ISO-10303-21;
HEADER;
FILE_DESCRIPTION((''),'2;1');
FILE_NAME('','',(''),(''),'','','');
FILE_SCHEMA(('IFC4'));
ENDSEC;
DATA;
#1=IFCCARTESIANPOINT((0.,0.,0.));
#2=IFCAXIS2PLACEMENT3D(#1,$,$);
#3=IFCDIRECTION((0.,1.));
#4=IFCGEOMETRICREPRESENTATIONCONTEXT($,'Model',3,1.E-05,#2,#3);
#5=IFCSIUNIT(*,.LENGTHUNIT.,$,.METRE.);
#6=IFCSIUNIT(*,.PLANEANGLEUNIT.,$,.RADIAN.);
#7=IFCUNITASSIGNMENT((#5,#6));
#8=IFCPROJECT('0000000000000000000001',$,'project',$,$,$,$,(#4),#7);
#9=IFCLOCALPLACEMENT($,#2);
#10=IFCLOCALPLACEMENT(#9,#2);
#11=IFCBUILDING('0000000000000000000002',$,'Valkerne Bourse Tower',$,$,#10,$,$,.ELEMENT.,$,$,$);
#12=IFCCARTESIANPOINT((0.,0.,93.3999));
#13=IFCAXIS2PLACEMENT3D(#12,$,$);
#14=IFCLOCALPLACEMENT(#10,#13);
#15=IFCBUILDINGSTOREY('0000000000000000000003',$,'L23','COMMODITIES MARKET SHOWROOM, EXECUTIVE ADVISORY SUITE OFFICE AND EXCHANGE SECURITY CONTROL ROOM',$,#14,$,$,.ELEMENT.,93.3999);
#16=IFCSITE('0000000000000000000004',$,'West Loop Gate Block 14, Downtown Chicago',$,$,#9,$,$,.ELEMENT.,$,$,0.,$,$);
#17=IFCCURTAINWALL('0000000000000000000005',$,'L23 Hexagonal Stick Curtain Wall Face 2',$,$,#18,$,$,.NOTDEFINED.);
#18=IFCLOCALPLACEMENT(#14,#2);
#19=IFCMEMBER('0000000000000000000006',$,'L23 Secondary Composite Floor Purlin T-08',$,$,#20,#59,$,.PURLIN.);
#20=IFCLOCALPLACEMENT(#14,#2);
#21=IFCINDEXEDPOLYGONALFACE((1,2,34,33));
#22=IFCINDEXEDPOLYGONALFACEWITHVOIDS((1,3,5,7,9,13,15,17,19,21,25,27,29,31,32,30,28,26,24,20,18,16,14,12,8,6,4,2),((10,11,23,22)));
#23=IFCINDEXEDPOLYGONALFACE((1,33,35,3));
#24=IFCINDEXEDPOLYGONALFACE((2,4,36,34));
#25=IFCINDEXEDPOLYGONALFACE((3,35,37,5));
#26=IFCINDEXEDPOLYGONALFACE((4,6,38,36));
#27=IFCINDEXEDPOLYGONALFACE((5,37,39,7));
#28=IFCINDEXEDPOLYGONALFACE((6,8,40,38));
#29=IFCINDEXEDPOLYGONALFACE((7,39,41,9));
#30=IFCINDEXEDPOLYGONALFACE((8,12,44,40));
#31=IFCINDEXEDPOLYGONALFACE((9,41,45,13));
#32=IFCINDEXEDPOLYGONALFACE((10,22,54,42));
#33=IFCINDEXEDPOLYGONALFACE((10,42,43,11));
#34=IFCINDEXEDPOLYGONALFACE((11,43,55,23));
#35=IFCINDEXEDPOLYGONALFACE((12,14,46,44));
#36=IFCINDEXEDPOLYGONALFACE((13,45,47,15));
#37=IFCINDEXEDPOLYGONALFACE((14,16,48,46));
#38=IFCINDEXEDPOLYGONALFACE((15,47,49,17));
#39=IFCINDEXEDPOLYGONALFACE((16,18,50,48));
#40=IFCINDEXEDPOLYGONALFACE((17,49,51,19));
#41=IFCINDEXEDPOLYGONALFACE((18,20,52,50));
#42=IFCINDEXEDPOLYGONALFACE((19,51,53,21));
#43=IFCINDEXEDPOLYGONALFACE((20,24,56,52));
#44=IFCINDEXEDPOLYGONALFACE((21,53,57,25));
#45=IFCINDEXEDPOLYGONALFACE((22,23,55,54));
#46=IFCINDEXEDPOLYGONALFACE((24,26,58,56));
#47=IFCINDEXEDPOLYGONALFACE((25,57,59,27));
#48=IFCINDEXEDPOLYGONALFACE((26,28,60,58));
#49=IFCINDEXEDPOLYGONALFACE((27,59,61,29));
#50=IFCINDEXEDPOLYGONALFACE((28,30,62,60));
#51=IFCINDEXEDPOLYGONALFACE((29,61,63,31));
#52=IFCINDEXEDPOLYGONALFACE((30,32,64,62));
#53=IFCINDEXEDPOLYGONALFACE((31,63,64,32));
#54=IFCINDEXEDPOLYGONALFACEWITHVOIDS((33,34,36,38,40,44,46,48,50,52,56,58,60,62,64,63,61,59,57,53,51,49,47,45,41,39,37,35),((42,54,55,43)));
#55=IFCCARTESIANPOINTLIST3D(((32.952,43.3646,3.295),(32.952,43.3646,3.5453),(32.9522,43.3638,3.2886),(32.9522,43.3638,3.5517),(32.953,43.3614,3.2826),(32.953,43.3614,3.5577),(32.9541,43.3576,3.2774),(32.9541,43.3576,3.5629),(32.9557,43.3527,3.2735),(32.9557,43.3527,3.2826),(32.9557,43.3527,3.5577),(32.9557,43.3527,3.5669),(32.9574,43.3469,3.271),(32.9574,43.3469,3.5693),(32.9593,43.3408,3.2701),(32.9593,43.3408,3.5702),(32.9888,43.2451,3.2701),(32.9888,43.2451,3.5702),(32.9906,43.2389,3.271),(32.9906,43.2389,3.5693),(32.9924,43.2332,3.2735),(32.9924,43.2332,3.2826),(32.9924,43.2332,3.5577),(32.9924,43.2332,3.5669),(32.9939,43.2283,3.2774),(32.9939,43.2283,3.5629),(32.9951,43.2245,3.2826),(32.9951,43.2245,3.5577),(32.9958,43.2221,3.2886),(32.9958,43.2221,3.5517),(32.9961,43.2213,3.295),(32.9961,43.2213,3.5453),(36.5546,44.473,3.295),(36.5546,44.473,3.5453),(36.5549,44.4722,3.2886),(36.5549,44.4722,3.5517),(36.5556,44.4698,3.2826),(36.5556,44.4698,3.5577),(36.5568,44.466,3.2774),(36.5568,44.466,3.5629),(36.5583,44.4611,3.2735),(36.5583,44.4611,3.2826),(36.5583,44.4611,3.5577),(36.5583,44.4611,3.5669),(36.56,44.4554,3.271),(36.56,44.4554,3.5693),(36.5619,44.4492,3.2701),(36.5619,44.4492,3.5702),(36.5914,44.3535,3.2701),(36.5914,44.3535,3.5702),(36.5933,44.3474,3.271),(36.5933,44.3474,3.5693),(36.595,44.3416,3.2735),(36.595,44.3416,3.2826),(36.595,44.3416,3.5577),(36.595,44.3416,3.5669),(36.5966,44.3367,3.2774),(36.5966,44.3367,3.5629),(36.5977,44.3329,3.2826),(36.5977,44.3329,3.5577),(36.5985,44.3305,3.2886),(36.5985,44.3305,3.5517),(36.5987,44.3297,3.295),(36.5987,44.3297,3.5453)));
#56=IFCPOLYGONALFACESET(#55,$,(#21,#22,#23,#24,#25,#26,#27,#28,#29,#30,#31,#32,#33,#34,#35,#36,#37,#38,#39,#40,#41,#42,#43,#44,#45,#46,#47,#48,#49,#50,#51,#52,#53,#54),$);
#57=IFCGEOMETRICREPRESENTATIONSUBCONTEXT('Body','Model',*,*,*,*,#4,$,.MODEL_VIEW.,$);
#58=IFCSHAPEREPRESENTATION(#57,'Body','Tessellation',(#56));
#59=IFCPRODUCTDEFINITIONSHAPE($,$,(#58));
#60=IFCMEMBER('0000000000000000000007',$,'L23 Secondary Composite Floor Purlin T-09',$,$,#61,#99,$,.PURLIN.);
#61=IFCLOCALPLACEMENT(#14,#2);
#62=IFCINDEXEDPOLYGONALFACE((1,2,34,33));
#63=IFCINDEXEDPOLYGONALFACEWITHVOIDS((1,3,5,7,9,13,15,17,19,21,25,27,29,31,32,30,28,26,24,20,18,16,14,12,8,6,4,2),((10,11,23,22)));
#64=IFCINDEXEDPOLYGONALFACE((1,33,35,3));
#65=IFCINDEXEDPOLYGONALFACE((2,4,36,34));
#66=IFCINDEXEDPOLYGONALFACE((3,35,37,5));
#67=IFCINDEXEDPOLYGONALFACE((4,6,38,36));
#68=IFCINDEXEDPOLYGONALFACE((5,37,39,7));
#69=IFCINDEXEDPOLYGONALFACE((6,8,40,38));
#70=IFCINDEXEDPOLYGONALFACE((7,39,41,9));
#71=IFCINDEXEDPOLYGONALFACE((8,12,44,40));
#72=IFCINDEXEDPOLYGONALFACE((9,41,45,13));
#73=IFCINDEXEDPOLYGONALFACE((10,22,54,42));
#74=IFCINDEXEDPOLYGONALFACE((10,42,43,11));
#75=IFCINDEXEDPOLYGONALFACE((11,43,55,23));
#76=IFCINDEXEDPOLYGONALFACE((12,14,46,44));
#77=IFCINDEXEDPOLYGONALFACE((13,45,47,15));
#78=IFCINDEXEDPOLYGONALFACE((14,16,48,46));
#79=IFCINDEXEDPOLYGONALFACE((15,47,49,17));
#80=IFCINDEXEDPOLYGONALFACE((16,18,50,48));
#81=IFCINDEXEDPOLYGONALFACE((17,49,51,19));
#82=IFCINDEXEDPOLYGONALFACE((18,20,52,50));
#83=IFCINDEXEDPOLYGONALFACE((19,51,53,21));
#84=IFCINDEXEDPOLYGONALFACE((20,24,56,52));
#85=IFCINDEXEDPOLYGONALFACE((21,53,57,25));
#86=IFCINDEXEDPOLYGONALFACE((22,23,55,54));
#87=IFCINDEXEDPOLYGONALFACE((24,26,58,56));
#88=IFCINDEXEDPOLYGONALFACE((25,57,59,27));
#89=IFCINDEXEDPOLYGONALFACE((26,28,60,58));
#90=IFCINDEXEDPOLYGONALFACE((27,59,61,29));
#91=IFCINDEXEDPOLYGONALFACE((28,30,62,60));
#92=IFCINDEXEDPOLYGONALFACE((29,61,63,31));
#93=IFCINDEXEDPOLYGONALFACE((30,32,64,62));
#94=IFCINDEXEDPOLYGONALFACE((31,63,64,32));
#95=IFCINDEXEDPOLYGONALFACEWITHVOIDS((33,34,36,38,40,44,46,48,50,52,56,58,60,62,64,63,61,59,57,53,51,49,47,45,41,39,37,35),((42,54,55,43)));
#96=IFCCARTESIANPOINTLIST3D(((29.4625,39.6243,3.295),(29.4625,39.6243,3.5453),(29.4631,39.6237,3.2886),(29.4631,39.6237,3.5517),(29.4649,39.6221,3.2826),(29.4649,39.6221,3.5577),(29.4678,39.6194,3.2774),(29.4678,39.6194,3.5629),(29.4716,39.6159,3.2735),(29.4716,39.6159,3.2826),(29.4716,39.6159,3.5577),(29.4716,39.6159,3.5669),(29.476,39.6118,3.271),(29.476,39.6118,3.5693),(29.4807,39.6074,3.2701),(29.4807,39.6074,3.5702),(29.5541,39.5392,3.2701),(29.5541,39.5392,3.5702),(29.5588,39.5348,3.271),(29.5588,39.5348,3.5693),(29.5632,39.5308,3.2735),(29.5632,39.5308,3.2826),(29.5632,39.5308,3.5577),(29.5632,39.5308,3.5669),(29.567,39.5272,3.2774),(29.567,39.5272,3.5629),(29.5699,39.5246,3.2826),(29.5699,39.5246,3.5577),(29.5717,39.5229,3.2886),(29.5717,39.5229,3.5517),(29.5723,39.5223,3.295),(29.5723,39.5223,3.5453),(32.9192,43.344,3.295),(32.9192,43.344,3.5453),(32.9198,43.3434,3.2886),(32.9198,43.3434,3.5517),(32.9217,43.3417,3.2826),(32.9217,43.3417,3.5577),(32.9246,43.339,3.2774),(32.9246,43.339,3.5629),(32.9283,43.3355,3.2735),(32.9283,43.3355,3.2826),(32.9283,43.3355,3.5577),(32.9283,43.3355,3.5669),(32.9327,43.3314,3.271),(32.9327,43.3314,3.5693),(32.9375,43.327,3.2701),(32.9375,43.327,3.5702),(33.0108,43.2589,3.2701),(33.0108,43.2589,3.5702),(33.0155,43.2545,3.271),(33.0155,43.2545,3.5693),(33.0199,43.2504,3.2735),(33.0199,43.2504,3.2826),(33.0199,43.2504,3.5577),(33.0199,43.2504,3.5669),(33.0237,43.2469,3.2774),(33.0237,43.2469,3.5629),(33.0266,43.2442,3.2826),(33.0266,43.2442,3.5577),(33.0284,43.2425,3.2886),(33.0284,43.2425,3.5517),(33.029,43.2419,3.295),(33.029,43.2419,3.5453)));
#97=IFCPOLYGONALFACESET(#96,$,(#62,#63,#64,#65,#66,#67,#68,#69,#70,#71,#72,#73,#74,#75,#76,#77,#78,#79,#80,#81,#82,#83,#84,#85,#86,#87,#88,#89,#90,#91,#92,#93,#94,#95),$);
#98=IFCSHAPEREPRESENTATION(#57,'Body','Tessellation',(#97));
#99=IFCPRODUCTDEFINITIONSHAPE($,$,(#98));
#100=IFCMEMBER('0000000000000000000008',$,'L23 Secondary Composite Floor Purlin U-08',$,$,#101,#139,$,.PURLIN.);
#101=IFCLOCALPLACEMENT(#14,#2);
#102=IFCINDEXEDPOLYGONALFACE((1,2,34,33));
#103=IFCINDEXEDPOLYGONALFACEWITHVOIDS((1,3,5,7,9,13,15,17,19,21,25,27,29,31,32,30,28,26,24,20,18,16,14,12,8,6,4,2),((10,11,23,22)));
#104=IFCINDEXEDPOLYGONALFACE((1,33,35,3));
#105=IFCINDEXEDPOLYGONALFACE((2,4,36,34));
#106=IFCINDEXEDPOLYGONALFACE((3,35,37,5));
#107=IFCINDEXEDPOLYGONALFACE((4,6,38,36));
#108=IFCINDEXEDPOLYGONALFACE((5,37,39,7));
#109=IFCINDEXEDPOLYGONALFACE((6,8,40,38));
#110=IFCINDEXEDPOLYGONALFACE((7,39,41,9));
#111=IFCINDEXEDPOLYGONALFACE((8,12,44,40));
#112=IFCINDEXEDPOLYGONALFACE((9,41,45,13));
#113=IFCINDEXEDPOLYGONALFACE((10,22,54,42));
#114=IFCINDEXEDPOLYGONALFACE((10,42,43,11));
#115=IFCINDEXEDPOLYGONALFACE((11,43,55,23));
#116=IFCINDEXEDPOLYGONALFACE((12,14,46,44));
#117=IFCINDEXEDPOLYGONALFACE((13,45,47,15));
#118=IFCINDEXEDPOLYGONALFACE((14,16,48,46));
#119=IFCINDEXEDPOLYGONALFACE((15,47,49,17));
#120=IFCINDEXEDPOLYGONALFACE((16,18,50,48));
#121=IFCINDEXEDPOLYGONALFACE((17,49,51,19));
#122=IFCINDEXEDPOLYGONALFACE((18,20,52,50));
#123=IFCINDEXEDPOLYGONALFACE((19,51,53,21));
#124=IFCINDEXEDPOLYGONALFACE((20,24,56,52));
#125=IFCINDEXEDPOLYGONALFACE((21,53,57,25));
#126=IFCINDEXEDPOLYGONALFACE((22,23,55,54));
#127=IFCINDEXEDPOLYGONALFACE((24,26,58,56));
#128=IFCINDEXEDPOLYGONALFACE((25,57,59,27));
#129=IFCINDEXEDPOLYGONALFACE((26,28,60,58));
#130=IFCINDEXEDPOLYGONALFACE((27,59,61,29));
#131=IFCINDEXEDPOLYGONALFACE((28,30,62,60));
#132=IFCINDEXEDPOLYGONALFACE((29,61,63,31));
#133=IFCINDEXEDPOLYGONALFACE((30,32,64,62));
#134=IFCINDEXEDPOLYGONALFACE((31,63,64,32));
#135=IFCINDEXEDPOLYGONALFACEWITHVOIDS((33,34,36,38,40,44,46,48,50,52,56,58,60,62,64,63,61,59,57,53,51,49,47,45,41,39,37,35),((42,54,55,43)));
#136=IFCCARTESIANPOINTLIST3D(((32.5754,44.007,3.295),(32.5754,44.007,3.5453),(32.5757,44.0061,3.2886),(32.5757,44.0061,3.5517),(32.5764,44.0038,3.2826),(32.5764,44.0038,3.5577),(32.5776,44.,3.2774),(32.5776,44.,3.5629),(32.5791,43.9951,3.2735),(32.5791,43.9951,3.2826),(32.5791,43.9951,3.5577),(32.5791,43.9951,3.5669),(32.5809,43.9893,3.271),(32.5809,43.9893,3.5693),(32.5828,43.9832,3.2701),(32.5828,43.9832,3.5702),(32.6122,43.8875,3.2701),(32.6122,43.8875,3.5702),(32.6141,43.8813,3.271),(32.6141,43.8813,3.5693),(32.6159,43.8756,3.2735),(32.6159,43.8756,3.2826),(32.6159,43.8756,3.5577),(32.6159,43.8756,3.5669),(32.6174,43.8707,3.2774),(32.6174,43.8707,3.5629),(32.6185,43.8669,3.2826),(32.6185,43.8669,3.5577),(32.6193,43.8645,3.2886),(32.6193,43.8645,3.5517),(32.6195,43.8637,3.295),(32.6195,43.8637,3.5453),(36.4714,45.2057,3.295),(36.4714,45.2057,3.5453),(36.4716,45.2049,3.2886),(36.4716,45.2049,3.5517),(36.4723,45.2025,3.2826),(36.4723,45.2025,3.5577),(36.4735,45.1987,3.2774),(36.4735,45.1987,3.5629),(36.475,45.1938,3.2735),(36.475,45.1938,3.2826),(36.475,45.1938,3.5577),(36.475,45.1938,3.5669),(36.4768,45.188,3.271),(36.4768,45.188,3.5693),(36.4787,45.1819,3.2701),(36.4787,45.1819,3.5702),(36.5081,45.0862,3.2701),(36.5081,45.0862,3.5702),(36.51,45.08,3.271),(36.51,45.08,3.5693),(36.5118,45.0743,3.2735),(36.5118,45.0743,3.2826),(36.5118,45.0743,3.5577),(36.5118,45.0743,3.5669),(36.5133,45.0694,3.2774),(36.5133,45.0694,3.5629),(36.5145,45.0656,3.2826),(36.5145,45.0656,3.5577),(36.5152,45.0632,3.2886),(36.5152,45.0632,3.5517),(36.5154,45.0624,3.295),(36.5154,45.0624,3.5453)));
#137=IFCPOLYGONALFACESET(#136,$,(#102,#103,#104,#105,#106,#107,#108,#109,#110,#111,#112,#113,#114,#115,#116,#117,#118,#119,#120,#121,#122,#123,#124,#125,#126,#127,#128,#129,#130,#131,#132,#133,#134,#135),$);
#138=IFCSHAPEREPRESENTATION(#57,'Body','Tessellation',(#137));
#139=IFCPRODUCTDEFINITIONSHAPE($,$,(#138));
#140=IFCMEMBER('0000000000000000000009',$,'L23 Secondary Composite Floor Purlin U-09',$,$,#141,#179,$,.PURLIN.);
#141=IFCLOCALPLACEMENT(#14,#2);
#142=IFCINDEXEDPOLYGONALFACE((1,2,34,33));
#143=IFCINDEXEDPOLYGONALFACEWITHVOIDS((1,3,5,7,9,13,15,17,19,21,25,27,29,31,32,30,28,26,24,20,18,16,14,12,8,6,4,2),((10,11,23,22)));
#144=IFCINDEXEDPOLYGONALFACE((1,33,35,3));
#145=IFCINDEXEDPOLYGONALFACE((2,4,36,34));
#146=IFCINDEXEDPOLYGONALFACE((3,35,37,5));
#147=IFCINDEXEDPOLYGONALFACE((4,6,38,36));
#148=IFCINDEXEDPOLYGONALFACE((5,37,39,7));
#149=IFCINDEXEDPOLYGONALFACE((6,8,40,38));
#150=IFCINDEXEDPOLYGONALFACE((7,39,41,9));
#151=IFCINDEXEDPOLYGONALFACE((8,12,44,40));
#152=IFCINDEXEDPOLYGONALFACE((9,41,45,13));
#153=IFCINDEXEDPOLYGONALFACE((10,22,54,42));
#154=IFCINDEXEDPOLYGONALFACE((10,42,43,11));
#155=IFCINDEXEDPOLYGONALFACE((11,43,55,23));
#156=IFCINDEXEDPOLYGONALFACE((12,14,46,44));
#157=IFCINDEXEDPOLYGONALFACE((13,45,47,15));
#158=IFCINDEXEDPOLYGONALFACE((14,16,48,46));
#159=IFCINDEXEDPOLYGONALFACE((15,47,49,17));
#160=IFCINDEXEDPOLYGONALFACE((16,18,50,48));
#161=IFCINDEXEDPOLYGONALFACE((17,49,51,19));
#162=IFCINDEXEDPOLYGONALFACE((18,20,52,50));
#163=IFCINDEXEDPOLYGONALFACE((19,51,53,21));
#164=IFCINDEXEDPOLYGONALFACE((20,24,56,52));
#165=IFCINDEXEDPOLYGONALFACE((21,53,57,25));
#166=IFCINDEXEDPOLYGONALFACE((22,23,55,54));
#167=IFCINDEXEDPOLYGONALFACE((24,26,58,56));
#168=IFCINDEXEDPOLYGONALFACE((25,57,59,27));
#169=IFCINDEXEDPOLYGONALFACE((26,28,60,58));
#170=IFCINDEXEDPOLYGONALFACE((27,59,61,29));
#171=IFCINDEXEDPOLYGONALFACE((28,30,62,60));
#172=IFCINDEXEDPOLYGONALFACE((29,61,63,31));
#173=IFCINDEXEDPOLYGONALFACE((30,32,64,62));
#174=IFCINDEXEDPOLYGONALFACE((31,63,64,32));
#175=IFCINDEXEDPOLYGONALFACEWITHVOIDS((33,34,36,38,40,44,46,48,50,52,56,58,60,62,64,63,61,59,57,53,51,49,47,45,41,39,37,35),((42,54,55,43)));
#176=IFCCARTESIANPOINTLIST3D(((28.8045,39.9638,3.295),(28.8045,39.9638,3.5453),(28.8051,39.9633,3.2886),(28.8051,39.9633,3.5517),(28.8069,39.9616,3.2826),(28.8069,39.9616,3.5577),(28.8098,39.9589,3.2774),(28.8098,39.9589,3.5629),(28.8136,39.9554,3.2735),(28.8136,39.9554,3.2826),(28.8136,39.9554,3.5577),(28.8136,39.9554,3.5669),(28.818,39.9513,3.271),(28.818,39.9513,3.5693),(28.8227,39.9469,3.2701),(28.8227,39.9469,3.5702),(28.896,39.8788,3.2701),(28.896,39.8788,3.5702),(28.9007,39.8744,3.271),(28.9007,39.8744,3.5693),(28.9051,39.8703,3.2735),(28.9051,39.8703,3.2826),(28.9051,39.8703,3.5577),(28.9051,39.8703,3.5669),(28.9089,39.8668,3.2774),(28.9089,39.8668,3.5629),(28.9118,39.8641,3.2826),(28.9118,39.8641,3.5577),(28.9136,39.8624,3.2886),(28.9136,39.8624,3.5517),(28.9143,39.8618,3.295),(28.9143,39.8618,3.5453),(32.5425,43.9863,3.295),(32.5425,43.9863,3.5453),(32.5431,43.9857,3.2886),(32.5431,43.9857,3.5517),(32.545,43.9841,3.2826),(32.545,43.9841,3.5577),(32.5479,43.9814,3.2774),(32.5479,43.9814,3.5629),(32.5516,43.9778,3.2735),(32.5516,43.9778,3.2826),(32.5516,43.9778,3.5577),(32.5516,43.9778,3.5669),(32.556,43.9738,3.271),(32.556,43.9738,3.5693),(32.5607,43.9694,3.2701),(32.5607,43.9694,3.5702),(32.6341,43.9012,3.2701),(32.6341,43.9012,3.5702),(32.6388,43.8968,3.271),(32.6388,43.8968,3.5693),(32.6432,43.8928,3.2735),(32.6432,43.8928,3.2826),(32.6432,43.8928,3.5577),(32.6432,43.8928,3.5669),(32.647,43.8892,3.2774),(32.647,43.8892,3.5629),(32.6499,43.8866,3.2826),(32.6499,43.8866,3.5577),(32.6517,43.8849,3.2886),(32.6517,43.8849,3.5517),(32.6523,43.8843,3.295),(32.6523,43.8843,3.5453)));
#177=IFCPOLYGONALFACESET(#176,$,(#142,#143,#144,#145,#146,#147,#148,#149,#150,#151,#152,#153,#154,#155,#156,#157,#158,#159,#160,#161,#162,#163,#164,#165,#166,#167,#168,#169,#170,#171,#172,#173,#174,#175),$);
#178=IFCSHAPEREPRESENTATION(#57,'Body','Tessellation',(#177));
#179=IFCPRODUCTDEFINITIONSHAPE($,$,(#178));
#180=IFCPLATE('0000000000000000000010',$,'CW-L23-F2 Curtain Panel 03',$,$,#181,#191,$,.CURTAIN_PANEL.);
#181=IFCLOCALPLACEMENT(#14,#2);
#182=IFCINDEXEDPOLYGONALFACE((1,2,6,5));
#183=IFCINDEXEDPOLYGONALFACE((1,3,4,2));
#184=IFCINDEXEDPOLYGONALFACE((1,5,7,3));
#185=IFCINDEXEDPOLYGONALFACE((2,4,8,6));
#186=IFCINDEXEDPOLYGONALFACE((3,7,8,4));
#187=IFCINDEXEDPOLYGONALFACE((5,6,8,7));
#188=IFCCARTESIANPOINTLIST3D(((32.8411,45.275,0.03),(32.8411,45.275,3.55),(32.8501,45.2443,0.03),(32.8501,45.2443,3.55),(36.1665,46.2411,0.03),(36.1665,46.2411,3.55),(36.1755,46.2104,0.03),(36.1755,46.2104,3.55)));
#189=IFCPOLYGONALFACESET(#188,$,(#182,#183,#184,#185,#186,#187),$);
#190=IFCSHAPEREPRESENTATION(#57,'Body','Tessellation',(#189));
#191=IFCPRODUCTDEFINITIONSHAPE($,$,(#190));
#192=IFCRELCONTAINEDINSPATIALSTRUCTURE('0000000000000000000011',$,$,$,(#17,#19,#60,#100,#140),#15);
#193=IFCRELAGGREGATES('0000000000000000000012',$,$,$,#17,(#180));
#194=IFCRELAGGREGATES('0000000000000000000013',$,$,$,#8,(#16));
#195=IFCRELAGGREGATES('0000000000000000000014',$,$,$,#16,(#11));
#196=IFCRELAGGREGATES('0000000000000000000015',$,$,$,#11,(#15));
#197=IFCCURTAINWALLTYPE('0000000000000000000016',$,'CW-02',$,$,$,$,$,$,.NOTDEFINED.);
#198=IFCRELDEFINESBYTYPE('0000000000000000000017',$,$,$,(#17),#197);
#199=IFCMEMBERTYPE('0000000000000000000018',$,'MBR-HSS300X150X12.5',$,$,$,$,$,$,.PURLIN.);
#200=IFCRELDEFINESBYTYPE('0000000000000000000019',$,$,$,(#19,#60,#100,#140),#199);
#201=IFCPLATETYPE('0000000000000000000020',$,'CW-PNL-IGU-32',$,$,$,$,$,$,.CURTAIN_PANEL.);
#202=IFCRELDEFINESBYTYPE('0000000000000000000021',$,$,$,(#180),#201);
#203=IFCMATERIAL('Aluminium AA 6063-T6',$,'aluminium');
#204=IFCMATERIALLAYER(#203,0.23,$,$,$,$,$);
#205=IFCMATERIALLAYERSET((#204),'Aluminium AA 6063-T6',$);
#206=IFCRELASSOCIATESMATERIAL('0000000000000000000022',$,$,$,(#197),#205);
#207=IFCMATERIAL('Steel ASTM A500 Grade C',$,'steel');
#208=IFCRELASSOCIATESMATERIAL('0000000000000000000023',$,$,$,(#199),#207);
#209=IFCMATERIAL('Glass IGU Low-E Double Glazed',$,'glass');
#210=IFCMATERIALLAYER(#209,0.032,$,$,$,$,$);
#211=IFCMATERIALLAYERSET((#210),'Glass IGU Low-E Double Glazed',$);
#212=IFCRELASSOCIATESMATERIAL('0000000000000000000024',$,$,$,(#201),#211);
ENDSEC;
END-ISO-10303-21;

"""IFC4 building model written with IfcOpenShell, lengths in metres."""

from ifc_helpers import new_model, si_unit, direction, frame, origin, origin_2d, place, context, subcontext, project, spatial, rectangle, hollow_rectangle, extrude, material, layer, layer_set, material_profile, profile_set, type_object, element, aggregate, save


model = new_model("IFC4")

# Units and contexts
model_context = context("Model", 3, precision=1e-05, world=origin(), true_north=direction((0.0, 1.0)))
body_context = subcontext(model_context, "Body", "Model", "MODEL_VIEW")
ifc_project = project(units=[si_unit("LENGTHUNIT", "METRE"), si_unit("PLANEANGLEUNIT", "RADIAN")], contexts=[model_context])

# Site, building, storey
site_placement = place(None, origin())
site = spatial("IfcSite", under=ifc_project, at=site_placement, Name="West Loop Gate Block 14, Downtown Chicago", CompositionType="ELEMENT", RefElevation=0.0)
building_placement = place(site_placement, origin())
building = spatial("IfcBuilding", under=site, at=building_placement, Name="Valkerne Bourse Tower", CompositionType="ELEMENT")
storey_placement = place(building_placement, frame((0.0, 0.0, 93.3999)))
storey = spatial("IfcBuildingStorey", under=building, at=storey_placement, Name="L23", Description="COMMODITIES MARKET SHOWROOM, EXECUTIVE ADVISORY SUITE OFFICE AND EXCHANGE SECURITY CONTROL ROOM", CompositionType="ELEMENT", Elevation=93.3999)

# Curtain wall
ifc_material_1 = material(Name="Aluminium AA 6063-T6", Category="aluminium")
ifc_layer_1 = layer(ifc_material_1, 0.23)
ifc_layer_set_1 = layer_set([ifc_layer_1], Name="Aluminium AA 6063-T6")
curtain_wall_type = type_object("IfcCurtainWallType", Name="CW-02", PredefinedType="NOTDEFINED", material=ifc_layer_set_1)
curtain_wall_1_placement = place(storey_placement, origin())
curtain_wall_1 = element("IfcCurtainWall", 1, at=curtain_wall_1_placement, inside=storey, type_object=curtain_wall_type, Name="L23 Hexagonal Stick Curtain Wall Face 2", PredefinedType="NOTDEFINED")

# Members
ifc_material_2 = material(Name="Steel ASTM A500 Grade C", Category="steel")
ifc_material_profile_1 = material_profile(ifc_material_2, hollow_rectangle(XDim=0.1499, YDim=0.3, WallThickness=0.0125, OuterFilletRadius=0.0249, at=origin_2d()), Name="HSS300X150X12.5")
ifc_profile_set_1 = profile_set([ifc_material_profile_1], Name="Steel ASTM A500 Grade C")
member_type_1 = type_object("IfcMemberType", Name="MBR-HSS300X150X12.5", PredefinedType="PURLIN", material=ifc_profile_set_1)
member_1_placement = place(storey_placement, frame((36.5767, 44.4014, 3.4202), z_axis=(-0.955785, -0.294068, 0.0), x_axis=(0.294068, -0.955785, 0.0)))
element("IfcMember", 2, at=member_1_placement, inside=storey, type_object=member_type_1, Name="L23 Secondary Composite Floor Purlin T-08", PredefinedType="PURLIN", context=body_context, shape_type="SweptSolid", body=[
    extrude(hollow_rectangle(XDim=0.1499, YDim=0.3, WallThickness=0.0125, OuterFilletRadius=0.0249, at=origin_2d()), origin(), (0.0, 0.0, 1.0), 3.7693),
])
member_2_placement = place(storey_placement, frame((32.9741, 43.293, 3.4202), z_axis=(-0.680742, -0.732523, 0.0), x_axis=(0.732523, -0.680742, 0.0)))
element("IfcMember", 3, at=member_2_placement, inside=storey, type_object=member_type_1, Name="L23 Secondary Composite Floor Purlin T-09", PredefinedType="PURLIN", context=body_context, shape_type="SweptSolid", body=[
    extrude(hollow_rectangle(XDim=0.1499, YDim=0.3, WallThickness=0.0125, OuterFilletRadius=0.0249, at=origin_2d()), origin(), (0.0, 0.0, 1.0), 5.0779),
])
member_3_placement = place(storey_placement, frame((36.4934, 45.134, 3.4202), z_axis=(-0.955782, -0.294077, 0.0), x_axis=(0.294077, -0.955782, 0.0)))
element("IfcMember", 4, at=member_3_placement, inside=storey, type_object=member_type_1, Name="L23 Secondary Composite Floor Purlin U-08", PredefinedType="PURLIN", context=body_context, shape_type="SweptSolid", body=[
    extrude(hollow_rectangle(XDim=0.1499, YDim=0.3, WallThickness=0.0125, OuterFilletRadius=0.0249, at=origin_2d()), origin(), (0.0, 0.0, 1.0), 4.0762),
])
member_4_placement = place(storey_placement, frame((32.5974, 43.9353, 3.4202), z_axis=(-0.680734, -0.732531, 0.0), x_axis=(0.732531, -0.680734, 0.0)))
element("IfcMember", 5, at=member_4_placement, inside=storey, type_object=member_type_1, Name="L23 Secondary Composite Floor Purlin U-09", PredefinedType="PURLIN", context=body_context, shape_type="SweptSolid", body=[
    extrude(hollow_rectangle(XDim=0.1499, YDim=0.3, WallThickness=0.0125, OuterFilletRadius=0.0249, at=origin_2d()), origin(), (0.0, 0.0, 1.0), 5.4912),
])

# Plate
ifc_material_3 = material(Name="Glass IGU Low-E Double Glazed", Category="glass")
ifc_layer_2 = layer(ifc_material_3, 0.032)
ifc_layer_set_2 = layer_set([ifc_layer_2], Name="Glass IGU Low-E Double Glazed")
plate_type = type_object("IfcPlateType", Name="CW-PNL-IGU-32", PredefinedType="CURTAIN_PANEL", material=ifc_layer_set_2)
plate_placement = place(storey_placement, frame((34.5083, 45.7427, 0.03), z_axis=(0.0, 0.0, 1.0), x_axis=(-0.960294, -0.278991, 0.0)))
plate = element("IfcPlate", 6, at=plate_placement, type_object=plate_type, Name="CW-L23-F2 Curtain Panel 03", PredefinedType="CURTAIN_PANEL", context=body_context, shape_type="SweptSolid", body=[
    extrude(rectangle(XDim=3.4629, YDim=0.032, at=origin_2d()), origin(), (0.0, 0.0, 1.0), 3.52),
])
aggregate(curtain_wall_1, [plate])

save(model, "model.ifc")
